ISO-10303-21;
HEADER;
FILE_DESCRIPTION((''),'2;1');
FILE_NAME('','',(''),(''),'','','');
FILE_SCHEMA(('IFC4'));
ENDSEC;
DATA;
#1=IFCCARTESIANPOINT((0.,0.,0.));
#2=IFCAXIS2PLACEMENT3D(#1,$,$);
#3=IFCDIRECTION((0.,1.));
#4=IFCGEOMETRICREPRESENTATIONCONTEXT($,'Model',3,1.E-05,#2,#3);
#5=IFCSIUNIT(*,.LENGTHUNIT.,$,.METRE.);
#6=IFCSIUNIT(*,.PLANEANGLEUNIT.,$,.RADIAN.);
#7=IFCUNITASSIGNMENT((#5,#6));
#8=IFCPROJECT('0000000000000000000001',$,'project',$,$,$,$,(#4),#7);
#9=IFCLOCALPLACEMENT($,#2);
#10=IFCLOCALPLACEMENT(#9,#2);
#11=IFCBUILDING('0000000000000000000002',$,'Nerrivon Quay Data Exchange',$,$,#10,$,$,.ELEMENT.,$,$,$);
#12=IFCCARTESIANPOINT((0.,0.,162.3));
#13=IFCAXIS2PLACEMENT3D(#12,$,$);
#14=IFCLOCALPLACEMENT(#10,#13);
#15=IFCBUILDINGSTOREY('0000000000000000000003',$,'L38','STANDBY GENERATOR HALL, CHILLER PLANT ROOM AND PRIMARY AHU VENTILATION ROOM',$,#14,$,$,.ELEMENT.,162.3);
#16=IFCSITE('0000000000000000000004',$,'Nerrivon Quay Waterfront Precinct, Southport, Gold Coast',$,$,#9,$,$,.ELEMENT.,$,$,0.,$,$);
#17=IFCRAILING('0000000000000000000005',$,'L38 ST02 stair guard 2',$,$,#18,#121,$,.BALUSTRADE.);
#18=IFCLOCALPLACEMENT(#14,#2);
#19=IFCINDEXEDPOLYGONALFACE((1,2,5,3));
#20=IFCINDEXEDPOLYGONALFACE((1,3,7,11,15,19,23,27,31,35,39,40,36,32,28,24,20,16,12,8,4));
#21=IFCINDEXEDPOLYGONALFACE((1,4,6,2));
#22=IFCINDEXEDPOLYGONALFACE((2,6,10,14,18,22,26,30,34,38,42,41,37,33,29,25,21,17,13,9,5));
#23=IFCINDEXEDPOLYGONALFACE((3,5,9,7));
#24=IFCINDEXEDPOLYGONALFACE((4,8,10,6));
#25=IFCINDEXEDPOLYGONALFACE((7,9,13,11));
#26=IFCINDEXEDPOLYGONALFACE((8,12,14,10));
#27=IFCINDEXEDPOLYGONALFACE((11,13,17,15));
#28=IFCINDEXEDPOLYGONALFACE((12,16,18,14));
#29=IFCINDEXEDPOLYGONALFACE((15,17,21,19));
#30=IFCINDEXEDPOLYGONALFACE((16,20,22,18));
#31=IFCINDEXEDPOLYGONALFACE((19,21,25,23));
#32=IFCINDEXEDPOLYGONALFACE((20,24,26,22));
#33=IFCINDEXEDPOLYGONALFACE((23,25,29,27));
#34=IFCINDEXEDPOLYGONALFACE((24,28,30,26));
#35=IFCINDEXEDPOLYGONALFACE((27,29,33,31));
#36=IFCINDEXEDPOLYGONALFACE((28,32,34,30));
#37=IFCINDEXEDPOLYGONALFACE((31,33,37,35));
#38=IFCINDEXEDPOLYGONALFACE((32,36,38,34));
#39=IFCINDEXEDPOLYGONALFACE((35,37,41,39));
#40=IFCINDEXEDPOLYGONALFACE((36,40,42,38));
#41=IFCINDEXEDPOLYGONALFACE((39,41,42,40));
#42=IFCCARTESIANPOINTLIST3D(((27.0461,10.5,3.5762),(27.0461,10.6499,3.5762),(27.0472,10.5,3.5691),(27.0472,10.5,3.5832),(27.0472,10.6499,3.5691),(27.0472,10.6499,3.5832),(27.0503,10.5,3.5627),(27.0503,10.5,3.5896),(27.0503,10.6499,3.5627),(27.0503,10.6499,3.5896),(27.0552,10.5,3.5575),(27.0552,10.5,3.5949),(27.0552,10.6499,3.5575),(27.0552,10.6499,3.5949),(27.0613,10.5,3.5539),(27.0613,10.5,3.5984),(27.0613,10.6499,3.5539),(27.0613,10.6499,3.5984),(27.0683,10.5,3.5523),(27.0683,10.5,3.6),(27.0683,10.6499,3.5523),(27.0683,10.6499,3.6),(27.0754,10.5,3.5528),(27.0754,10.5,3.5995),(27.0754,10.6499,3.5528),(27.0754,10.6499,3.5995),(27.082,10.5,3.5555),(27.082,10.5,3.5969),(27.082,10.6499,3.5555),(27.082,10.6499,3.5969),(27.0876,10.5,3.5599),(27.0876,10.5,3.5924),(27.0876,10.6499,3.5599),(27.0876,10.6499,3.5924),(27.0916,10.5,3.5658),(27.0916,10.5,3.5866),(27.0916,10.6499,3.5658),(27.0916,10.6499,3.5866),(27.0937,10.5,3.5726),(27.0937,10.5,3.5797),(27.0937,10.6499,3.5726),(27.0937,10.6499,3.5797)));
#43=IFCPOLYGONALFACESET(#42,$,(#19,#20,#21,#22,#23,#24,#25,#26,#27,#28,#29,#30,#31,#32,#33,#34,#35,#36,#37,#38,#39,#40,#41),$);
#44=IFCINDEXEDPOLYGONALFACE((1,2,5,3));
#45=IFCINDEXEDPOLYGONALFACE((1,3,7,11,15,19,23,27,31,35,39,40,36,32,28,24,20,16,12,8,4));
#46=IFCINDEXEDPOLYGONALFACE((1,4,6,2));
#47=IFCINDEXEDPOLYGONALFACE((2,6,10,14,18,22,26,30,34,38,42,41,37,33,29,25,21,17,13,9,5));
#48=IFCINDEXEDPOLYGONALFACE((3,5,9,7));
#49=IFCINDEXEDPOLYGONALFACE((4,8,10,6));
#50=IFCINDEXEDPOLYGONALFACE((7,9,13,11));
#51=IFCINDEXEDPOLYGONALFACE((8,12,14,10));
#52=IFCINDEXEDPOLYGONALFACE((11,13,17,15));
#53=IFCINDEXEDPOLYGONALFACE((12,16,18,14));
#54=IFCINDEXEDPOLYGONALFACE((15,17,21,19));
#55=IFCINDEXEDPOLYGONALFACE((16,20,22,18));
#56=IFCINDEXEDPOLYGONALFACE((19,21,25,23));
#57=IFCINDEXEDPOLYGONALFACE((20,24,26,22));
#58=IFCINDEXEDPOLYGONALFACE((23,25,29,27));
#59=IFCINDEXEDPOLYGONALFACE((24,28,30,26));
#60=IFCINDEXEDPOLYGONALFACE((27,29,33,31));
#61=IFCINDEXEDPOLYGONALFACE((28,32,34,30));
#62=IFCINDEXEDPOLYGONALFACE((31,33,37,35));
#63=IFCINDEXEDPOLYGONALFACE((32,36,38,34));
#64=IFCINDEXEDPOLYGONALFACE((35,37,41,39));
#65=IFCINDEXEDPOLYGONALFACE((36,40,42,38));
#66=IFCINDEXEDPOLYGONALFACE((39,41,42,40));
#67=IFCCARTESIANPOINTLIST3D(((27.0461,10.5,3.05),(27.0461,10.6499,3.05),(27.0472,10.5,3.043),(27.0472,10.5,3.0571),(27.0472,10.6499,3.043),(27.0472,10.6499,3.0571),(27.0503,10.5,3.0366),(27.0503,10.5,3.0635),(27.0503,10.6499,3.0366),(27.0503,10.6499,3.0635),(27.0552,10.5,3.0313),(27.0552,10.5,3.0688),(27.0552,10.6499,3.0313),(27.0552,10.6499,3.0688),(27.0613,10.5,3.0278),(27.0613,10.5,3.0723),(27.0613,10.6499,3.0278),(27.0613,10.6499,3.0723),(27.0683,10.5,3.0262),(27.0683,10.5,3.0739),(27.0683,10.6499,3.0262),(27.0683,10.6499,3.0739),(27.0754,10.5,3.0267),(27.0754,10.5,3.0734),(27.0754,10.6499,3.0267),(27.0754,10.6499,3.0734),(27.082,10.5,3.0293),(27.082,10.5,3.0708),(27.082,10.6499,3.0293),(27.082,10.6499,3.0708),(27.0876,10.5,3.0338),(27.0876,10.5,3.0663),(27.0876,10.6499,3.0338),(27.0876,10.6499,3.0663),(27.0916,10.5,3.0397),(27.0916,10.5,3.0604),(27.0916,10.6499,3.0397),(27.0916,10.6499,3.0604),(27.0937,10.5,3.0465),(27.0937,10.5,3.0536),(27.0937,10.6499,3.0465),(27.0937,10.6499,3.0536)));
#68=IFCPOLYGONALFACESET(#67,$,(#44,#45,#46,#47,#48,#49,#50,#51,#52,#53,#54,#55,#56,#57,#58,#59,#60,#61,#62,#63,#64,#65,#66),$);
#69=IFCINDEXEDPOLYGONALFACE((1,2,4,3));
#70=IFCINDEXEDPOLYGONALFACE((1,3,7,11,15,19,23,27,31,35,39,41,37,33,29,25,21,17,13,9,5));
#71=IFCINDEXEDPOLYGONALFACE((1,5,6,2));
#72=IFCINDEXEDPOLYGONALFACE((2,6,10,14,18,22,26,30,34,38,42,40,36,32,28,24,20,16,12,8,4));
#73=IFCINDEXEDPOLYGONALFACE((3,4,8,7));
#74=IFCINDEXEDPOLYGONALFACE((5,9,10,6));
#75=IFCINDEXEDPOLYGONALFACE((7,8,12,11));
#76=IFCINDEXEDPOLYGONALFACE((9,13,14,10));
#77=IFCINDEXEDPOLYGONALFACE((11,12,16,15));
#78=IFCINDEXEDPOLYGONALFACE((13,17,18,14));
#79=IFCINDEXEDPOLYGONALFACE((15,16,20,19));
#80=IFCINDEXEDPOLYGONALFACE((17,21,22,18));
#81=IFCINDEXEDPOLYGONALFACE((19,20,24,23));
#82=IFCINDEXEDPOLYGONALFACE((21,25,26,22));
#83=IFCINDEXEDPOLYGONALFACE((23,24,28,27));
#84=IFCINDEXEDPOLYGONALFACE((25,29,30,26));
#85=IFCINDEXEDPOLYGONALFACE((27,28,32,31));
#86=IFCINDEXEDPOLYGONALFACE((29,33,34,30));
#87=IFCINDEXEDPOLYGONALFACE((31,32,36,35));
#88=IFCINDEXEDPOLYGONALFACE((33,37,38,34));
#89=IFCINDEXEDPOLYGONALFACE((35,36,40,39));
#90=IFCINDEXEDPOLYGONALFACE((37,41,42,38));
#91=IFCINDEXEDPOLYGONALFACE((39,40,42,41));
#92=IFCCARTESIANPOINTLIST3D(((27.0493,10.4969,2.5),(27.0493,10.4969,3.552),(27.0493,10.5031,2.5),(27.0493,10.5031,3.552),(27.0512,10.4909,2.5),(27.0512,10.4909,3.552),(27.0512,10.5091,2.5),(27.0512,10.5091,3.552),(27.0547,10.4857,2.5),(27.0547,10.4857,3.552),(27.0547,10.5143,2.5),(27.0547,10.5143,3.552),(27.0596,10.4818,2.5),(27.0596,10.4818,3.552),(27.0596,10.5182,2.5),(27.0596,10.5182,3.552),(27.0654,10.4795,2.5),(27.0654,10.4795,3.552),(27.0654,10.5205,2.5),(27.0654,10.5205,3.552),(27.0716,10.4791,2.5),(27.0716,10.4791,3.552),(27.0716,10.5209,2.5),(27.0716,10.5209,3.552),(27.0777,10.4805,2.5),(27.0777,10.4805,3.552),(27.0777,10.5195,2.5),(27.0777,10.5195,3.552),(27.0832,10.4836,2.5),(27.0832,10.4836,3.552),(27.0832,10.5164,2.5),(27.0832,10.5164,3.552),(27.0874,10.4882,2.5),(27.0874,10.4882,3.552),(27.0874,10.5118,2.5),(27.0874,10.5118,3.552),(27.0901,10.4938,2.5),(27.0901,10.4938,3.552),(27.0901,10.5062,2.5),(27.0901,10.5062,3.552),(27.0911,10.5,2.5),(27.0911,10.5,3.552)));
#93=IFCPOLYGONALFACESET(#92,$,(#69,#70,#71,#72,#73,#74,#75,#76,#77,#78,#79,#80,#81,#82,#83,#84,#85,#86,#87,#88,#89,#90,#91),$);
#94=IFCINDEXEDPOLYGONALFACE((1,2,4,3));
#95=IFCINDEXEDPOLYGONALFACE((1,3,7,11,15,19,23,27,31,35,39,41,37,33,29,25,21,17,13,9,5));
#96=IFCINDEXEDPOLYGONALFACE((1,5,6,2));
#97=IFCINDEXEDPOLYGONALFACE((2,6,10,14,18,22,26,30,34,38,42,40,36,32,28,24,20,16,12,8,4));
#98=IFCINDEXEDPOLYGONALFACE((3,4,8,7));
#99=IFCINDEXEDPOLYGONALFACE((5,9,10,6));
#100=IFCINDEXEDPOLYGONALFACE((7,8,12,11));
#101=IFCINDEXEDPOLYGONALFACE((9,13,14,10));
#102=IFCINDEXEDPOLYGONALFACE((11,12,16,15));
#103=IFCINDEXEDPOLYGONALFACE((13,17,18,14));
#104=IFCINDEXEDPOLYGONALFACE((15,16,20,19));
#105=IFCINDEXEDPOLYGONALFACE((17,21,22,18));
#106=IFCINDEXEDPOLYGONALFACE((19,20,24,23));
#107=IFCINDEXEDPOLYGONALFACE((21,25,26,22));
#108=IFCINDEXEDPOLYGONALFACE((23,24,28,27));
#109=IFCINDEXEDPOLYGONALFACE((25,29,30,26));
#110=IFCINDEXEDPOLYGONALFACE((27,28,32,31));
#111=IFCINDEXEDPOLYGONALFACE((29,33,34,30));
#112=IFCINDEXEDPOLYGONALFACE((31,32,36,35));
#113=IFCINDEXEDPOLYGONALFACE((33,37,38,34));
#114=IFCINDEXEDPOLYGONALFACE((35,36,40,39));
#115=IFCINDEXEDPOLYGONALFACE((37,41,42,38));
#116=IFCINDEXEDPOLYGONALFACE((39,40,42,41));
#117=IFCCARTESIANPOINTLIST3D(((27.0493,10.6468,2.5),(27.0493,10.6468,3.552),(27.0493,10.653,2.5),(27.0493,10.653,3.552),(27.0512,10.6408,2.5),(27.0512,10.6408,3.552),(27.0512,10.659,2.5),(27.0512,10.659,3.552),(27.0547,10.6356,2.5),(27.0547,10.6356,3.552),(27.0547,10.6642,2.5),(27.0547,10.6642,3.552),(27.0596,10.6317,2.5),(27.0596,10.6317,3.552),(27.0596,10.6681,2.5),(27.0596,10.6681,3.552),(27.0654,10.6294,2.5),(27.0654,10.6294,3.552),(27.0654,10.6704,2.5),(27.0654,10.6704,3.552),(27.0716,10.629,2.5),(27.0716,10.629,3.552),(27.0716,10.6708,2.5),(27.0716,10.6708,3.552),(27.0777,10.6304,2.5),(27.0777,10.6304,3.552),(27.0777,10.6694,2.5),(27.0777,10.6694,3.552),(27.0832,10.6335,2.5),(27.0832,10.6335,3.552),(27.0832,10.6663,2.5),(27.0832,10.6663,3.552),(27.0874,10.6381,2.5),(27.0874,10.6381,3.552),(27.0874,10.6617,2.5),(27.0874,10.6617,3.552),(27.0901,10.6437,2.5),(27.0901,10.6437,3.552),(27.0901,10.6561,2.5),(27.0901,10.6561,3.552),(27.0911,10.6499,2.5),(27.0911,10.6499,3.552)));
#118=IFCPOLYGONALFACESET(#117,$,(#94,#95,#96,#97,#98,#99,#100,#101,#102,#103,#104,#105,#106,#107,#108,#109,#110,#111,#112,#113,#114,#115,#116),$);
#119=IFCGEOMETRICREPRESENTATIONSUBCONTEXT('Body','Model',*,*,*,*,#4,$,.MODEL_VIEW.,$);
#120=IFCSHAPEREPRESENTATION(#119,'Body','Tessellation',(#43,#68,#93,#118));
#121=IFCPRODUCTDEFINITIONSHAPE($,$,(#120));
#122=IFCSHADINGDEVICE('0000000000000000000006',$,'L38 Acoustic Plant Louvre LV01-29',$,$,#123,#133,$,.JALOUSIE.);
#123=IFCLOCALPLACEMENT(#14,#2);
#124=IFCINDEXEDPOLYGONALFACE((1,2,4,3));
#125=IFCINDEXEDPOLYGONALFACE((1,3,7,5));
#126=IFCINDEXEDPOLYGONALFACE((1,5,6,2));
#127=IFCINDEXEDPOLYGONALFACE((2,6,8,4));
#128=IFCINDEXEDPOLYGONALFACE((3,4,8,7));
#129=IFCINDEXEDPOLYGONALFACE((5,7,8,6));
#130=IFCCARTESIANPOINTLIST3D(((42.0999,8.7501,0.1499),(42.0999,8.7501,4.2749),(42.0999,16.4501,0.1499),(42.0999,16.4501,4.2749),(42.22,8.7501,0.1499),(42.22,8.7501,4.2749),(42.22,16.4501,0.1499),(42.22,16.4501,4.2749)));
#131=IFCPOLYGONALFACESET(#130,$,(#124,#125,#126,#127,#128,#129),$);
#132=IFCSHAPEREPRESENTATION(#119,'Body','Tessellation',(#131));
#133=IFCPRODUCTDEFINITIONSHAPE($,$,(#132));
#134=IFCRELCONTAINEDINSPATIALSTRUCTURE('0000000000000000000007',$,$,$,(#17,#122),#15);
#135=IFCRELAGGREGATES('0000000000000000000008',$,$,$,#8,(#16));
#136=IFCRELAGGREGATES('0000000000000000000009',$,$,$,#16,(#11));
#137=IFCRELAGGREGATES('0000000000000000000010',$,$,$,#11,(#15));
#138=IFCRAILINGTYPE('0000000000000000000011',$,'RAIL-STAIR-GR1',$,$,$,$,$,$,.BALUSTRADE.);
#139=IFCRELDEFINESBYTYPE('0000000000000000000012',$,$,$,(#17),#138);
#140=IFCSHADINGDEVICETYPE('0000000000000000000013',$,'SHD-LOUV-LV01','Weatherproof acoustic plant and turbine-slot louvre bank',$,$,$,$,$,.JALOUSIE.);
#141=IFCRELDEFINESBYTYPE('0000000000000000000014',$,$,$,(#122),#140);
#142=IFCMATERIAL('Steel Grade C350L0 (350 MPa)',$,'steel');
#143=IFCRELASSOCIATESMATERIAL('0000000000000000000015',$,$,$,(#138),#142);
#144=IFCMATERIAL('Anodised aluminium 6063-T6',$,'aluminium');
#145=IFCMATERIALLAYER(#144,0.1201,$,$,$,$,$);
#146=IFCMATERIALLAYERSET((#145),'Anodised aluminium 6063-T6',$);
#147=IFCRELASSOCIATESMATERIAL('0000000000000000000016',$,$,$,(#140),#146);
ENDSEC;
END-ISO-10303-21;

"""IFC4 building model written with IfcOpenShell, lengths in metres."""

from ifc_helpers import new_model, si_unit, direction, frame, origin, origin_2d, place, context, subcontext, project, spatial, rectangle, circle, extrude, material, layer, layer_set, type_object, element, save


model = new_model("IFC4")

# Units and contexts
model_context = context("Model", 3, precision=1e-05, world=origin(), true_north=direction((0.0, 1.0)))
body_context = subcontext(model_context, "Body", "Model", "MODEL_VIEW")
ifc_project = project(units=[si_unit("LENGTHUNIT", "METRE"), si_unit("PLANEANGLEUNIT", "RADIAN")], contexts=[model_context])

# Site, building, storey
site_placement = place(None, origin())
site = spatial("IfcSite", under=ifc_project, at=site_placement, Name="Nerrivon Quay Waterfront Precinct, Southport, Gold Coast", CompositionType="ELEMENT", RefElevation=0.0)
building_placement = place(site_placement, origin())
building = spatial("IfcBuilding", under=site, at=building_placement, Name="Nerrivon Quay Data Exchange", CompositionType="ELEMENT")
storey_placement = place(building_placement, frame((0.0, 0.0, 162.3)))
storey = spatial("IfcBuildingStorey", under=building, at=storey_placement, Name="L38", Description="STANDBY GENERATOR HALL, CHILLER PLANT ROOM AND PRIMARY AHU VENTILATION ROOM", CompositionType="ELEMENT", Elevation=162.3)

# Shared definitions
ifc_material_1 = material(Name="Steel Grade C350L0 (350 MPa)", Category="steel")

# Railing
railing_type = type_object("IfcRailingType", Name="RAIL-STAIR-GR1", PredefinedType="BALUSTRADE", material=ifc_material_1)
railing_placement = place(storey_placement, frame((27.0701, 10.5, 2.5)))
element("IfcRailing", 1, at=railing_placement, inside=storey, type_object=railing_type, Name="L38 ST02 stair guard 2", PredefinedType="BALUSTRADE", context=body_context, shape_type="SweptSolid", body=[
    extrude(circle(Radius=0.0239, at=origin_2d()), frame((0.0, 0.0, 1.0762), z_axis=(0.0, 1.0, 0.0), x_axis=(-1.0, 0.0, 0.0)), (0.0, 0.0, 1.0), 0.1499),
    extrude(circle(Radius=0.0239, at=origin_2d()), frame((0.0, 0.0, 0.55), z_axis=(0.0, 1.0, 0.0), x_axis=(-1.0, 0.0, 0.0)), (0.0, 0.0, 1.0), 0.1499),
    extrude(circle(Radius=0.021, at=origin_2d()), origin(), (0.0, 0.0, 1.0), 1.052),
    extrude(circle(Radius=0.021, at=origin_2d()), frame((0.0, 0.1499, 0.0)), (0.0, 0.0, 1.0), 1.052),
])

# Shading device
ifc_material_2 = material(Name="Anodised aluminium 6063-T6", Category="aluminium")
ifc_layer_1 = layer(ifc_material_2, 0.1201)
ifc_layer_set_1 = layer_set([ifc_layer_1], Name="Anodised aluminium 6063-T6")
shading_device_type = type_object("IfcShadingDeviceType", Name="SHD-LOUV-LV01", Description="Weatherproof acoustic plant and turbine-slot louvre bank", PredefinedType="JALOUSIE", material=ifc_layer_set_1)
shading_device_placement = place(storey_placement, frame((42.1599, 12.6001, 0.1499), z_axis=(0.0, 0.0, 1.0), x_axis=(0.0, -1.0, 0.0)))
element("IfcShadingDevice", 2, at=shading_device_placement, inside=storey, type_object=shading_device_type, Name="L38 Acoustic Plant Louvre LV01-29", PredefinedType="JALOUSIE", context=body_context, shape_type="SweptSolid", body=[
    extrude(rectangle(XDim=7.7, YDim=0.1201, at=origin_2d()), origin(), (0.0, 0.0, 1.0), 4.125),
])

save(model, "model.ifc")
